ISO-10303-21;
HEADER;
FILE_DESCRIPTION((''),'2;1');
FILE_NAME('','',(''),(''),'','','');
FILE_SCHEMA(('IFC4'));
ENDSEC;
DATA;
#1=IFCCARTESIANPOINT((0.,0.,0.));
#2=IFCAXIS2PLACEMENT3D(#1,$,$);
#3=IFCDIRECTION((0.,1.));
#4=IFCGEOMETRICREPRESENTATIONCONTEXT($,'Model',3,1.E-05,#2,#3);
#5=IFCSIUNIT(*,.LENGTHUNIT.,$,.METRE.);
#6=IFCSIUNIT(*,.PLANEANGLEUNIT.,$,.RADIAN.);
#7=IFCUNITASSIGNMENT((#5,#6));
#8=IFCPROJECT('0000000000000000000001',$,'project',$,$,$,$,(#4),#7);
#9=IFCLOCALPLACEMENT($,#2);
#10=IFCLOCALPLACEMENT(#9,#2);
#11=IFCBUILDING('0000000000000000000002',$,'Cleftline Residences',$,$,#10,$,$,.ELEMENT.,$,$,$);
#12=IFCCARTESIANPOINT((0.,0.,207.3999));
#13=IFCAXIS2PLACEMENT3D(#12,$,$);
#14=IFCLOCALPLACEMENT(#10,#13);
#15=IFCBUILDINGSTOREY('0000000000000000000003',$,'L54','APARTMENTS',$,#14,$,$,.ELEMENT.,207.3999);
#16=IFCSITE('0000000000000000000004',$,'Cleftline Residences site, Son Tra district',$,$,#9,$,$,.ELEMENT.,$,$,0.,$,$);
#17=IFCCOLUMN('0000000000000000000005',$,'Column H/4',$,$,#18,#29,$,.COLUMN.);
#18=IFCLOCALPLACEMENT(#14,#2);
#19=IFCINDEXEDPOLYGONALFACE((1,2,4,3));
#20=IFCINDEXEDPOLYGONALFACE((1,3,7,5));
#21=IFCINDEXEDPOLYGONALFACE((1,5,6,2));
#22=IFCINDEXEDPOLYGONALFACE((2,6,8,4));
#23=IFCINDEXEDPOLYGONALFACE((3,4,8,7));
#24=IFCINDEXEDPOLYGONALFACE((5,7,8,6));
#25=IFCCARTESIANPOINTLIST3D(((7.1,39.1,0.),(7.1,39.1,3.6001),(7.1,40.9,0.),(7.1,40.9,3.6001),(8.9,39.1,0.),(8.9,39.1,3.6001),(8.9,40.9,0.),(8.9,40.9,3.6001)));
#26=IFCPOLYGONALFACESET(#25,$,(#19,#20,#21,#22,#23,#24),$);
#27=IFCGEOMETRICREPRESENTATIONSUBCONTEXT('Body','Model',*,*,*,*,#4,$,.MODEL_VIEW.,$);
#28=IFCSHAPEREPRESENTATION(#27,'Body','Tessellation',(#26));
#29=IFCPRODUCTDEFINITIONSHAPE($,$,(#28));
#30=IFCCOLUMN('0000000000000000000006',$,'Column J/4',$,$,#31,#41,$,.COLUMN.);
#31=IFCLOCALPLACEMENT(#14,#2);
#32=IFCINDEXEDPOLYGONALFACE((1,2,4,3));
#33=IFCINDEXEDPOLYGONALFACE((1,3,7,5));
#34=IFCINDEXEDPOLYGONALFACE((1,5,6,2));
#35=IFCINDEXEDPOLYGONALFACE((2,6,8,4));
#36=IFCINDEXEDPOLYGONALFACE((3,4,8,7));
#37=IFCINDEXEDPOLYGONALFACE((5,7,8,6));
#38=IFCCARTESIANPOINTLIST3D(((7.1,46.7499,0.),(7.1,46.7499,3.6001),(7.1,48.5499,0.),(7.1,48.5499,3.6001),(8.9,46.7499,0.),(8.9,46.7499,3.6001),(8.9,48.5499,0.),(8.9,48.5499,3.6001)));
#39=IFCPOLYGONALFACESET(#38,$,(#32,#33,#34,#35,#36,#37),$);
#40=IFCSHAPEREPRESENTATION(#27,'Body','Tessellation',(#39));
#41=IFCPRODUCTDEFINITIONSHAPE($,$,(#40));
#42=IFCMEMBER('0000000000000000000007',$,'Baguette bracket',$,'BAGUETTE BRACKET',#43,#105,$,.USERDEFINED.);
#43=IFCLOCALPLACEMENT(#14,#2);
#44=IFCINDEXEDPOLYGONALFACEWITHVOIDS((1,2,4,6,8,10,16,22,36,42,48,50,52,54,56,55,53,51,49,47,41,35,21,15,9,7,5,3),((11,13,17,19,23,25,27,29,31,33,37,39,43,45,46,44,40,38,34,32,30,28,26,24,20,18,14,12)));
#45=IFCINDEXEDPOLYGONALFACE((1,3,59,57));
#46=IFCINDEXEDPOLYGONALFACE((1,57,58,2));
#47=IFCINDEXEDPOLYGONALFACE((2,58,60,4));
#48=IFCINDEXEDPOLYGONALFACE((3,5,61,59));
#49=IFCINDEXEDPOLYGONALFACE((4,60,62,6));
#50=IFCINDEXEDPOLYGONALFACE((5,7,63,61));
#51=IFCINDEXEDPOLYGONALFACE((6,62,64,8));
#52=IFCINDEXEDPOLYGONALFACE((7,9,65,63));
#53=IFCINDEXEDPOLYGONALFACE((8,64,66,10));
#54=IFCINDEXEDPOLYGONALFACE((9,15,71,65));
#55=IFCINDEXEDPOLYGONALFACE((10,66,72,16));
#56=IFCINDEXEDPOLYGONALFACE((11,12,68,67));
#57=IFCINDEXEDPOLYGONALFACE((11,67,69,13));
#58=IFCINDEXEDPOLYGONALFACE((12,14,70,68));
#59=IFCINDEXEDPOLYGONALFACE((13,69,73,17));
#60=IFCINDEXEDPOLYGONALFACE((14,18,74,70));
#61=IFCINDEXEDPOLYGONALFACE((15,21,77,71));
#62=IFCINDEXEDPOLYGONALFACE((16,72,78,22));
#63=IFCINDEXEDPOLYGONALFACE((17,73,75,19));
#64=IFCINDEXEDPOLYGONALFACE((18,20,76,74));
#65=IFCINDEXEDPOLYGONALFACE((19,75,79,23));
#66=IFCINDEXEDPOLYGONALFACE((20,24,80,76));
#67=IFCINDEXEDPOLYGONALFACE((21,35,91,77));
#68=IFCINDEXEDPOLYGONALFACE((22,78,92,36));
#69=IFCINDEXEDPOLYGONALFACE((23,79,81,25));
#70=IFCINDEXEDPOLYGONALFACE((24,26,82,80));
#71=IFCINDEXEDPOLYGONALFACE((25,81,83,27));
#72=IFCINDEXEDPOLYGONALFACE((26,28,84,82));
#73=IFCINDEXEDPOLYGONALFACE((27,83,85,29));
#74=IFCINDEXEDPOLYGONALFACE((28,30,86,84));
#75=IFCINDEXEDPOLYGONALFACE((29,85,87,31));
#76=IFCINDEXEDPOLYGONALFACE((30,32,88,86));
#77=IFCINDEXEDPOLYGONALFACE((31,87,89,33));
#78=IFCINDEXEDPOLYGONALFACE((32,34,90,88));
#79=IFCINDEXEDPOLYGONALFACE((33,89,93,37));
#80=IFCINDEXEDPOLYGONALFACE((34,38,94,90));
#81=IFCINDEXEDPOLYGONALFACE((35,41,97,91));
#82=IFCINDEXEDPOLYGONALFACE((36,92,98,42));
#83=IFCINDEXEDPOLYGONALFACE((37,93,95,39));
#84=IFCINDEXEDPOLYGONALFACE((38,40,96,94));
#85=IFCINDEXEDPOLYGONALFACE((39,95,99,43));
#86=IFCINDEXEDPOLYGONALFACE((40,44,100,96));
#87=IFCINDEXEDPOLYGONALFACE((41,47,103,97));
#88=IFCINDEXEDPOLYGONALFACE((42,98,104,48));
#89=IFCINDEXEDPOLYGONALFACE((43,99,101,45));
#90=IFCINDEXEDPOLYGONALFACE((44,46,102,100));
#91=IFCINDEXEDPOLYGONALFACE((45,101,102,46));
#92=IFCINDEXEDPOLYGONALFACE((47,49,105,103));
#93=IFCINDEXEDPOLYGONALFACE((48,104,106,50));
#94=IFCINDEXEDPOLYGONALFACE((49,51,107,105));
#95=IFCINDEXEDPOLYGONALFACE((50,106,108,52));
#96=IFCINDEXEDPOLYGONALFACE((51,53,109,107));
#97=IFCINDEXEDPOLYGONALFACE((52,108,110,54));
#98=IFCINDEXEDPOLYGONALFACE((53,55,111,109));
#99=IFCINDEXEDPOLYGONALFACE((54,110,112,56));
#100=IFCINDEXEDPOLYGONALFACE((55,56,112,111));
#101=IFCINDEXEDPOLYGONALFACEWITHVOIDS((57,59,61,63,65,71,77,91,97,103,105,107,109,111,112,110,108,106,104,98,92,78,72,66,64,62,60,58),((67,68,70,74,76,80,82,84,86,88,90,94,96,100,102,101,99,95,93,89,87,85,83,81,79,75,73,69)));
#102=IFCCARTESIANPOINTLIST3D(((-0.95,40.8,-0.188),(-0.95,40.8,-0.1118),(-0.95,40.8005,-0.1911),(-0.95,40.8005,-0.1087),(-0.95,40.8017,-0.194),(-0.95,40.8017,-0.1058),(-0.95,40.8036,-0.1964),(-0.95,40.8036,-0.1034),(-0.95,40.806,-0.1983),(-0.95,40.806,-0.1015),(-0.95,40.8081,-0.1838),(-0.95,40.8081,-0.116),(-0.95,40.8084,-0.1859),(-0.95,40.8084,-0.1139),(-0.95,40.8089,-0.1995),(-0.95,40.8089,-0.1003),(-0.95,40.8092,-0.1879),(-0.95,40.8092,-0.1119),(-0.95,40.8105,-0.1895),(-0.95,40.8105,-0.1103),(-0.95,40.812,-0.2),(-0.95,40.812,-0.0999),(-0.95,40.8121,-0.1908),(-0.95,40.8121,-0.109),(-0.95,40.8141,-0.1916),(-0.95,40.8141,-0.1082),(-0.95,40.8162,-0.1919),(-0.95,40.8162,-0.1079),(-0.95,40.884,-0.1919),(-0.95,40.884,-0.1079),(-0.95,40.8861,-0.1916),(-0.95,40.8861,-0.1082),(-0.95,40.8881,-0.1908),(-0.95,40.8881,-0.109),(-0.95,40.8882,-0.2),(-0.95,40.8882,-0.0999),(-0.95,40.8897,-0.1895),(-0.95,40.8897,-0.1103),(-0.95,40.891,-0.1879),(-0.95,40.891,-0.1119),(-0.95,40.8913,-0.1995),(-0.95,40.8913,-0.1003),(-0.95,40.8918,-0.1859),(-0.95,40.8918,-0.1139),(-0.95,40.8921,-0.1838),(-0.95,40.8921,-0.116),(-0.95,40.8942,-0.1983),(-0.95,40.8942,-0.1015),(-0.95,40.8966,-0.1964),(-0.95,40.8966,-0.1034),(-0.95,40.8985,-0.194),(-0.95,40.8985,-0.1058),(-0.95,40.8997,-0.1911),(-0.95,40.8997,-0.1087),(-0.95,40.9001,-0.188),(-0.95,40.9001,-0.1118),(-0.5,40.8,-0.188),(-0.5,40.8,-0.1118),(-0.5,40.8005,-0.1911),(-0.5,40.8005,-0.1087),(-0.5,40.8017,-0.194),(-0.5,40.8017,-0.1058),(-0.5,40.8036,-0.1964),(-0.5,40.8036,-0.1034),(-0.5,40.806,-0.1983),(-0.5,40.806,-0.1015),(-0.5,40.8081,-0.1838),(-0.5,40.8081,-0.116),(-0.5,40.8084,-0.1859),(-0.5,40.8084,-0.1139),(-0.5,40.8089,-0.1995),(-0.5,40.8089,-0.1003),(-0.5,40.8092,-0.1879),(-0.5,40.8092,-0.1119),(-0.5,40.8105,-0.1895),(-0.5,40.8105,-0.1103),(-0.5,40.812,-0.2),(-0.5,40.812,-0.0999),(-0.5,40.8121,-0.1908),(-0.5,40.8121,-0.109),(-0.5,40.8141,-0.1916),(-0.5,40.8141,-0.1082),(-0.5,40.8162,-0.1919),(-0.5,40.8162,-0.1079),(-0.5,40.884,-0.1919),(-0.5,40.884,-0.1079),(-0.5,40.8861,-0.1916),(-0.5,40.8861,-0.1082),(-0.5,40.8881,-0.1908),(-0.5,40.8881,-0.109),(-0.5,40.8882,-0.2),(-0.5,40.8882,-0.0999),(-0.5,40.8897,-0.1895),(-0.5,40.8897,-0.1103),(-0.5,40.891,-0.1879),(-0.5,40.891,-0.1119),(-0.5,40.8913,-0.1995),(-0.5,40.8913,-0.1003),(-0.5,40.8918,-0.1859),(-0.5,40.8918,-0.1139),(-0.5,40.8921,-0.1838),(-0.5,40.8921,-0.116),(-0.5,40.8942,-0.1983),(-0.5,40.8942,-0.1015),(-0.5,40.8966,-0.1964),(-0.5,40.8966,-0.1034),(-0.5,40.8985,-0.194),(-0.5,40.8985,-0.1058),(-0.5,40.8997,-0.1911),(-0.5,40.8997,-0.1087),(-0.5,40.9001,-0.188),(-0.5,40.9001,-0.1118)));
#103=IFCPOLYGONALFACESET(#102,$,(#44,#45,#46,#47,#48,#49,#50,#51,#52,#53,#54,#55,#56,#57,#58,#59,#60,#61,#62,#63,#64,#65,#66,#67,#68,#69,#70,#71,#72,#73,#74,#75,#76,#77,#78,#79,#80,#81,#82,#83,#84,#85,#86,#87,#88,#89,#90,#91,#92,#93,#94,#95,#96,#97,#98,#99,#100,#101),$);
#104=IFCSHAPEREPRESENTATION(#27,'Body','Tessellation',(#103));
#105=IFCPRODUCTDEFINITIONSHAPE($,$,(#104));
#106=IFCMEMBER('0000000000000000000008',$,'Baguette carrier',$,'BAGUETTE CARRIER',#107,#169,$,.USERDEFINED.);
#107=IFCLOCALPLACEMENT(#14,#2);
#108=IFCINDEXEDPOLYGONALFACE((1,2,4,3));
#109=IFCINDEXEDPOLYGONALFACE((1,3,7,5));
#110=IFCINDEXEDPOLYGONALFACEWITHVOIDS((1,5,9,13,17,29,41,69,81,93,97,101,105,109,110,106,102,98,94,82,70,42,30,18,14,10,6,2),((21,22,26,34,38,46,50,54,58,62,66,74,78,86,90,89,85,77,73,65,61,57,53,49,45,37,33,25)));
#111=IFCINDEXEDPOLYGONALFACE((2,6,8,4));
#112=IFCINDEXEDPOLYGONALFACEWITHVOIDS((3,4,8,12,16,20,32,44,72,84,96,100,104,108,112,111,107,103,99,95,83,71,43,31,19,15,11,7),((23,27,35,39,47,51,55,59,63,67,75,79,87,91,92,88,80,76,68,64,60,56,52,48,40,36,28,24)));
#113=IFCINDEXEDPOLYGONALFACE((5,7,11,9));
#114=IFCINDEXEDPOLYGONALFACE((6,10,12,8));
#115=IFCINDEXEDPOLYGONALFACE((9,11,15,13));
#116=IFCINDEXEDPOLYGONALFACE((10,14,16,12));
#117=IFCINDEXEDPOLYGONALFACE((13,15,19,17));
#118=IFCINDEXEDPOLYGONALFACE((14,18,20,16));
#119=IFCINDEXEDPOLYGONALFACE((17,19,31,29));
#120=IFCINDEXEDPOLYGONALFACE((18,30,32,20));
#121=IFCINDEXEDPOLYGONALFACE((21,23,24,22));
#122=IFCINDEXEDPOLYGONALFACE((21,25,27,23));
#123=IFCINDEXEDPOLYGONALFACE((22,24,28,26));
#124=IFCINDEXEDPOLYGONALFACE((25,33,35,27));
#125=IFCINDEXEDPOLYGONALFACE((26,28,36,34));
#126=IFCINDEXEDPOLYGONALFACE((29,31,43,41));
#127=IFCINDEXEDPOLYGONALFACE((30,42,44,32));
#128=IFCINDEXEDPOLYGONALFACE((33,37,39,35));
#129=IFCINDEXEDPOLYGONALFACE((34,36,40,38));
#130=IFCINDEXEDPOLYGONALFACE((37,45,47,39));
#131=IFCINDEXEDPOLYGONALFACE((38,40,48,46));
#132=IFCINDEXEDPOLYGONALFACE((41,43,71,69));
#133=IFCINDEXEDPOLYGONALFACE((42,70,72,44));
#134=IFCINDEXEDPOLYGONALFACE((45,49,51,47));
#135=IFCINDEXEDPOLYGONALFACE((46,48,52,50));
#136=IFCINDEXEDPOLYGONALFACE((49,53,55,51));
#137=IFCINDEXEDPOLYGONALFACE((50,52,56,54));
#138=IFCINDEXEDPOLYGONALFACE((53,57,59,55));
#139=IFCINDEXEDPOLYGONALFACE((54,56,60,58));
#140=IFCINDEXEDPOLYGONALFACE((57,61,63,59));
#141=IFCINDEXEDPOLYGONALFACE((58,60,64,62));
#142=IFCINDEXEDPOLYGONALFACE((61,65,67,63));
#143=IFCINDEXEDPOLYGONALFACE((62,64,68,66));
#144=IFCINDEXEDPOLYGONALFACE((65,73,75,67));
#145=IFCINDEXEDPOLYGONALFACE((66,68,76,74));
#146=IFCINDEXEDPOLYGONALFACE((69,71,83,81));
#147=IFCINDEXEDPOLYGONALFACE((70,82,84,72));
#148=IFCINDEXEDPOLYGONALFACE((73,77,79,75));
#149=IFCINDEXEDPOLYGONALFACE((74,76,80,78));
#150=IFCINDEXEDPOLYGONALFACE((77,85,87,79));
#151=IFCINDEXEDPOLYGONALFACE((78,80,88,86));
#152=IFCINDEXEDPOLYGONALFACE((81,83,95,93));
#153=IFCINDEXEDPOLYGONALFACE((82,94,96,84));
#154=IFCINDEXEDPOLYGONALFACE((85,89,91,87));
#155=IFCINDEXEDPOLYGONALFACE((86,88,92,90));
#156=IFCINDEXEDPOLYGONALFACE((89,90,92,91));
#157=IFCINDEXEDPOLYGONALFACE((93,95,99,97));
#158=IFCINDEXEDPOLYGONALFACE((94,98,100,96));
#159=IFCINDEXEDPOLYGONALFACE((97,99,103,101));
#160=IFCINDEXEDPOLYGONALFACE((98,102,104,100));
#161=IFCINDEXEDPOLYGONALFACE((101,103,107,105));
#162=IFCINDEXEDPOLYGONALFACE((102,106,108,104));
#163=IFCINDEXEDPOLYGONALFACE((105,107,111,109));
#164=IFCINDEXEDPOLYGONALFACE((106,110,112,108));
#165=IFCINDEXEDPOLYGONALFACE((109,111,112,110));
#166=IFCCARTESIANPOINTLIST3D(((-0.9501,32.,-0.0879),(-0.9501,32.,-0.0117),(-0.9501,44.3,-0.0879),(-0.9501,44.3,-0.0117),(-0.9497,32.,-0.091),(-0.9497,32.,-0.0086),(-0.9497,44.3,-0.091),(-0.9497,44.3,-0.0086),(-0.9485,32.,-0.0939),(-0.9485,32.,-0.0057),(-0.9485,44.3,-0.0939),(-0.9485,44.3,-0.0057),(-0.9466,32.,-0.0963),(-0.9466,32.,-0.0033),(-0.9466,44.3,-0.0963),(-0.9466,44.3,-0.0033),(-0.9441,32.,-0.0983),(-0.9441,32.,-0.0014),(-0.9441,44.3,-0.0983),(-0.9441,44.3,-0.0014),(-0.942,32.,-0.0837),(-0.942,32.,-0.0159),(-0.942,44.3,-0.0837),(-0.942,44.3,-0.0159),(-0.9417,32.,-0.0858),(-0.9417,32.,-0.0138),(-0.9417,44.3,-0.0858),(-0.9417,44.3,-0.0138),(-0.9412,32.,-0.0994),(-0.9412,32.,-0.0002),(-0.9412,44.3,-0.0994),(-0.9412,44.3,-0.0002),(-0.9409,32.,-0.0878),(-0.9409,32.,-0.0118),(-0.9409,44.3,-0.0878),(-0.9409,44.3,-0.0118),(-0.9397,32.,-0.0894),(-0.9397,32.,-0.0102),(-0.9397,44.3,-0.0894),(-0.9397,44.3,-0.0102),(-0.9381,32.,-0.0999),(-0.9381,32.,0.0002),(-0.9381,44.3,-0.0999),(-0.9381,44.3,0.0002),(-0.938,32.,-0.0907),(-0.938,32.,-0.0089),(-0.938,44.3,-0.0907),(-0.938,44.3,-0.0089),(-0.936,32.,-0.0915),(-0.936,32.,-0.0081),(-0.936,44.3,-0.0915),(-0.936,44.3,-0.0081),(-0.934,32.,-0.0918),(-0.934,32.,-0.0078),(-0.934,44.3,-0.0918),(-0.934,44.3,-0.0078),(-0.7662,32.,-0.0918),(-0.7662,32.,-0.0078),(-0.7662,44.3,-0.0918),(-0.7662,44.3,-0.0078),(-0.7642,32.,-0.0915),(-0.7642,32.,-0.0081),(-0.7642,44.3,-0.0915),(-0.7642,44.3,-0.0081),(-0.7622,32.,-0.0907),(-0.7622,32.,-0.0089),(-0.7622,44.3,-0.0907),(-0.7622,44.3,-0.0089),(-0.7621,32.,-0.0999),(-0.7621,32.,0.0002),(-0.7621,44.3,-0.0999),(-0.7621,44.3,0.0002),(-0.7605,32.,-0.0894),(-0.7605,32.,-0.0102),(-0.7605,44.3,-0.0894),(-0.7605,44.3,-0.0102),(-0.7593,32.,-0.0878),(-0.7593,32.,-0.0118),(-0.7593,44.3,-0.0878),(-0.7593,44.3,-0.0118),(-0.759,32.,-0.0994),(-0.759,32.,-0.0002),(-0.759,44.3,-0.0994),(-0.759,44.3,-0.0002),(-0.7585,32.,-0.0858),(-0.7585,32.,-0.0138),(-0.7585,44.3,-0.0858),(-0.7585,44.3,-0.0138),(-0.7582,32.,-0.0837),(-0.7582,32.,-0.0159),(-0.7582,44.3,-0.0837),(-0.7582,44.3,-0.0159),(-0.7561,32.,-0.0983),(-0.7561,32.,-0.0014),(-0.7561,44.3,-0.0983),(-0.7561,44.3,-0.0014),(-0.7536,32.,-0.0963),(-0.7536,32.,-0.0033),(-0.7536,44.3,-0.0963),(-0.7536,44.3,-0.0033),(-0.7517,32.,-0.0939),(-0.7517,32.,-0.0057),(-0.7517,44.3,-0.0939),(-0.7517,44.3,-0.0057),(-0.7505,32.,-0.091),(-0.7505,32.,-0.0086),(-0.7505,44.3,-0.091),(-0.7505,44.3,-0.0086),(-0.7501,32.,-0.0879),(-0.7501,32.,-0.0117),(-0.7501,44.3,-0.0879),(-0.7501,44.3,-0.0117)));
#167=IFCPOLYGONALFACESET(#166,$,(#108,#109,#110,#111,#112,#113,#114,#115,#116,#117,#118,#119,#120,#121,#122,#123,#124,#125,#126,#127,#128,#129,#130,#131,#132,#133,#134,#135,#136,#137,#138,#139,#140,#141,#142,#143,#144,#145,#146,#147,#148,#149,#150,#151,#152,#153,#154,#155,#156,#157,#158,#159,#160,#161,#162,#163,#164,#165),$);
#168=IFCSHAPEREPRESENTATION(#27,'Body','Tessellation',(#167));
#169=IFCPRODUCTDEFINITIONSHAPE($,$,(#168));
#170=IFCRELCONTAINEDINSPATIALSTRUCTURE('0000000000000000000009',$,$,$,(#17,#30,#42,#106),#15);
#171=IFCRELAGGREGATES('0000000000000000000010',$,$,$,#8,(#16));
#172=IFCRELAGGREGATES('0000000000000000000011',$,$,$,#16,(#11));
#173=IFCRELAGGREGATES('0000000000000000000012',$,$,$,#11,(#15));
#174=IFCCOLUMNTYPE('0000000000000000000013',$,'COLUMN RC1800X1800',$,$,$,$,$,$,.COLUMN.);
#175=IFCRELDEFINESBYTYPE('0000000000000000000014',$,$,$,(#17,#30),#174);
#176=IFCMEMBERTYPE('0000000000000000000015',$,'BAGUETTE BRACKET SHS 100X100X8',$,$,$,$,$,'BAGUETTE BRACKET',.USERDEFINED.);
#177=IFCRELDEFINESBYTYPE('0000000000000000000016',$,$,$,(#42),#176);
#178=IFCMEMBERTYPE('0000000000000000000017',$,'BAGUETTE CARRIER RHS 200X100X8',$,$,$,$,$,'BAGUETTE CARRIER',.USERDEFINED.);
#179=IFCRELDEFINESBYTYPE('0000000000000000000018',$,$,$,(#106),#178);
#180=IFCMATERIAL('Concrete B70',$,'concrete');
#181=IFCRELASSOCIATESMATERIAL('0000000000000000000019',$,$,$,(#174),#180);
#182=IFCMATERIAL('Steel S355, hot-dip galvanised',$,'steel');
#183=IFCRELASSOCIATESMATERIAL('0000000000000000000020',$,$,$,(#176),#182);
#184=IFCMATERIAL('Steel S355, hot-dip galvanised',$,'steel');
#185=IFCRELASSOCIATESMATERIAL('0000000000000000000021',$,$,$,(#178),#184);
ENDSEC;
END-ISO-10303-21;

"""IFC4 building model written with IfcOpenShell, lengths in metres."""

from ifc_helpers import new_model, si_unit, direction, frame, origin, origin_2d, place, context, subcontext, project, spatial, rectangle, hollow_rectangle, extrude, material, material_profile, profile_set, type_object, element, save


model = new_model("IFC4")

# Units and contexts
model_context = context("Model", 3, precision=1e-05, world=origin(), true_north=direction((0.0, 1.0)))
body_context = subcontext(model_context, "Body", "Model", "MODEL_VIEW")
ifc_project = project(units=[si_unit("LENGTHUNIT", "METRE"), si_unit("PLANEANGLEUNIT", "RADIAN")], contexts=[model_context])

# Site, building, storey
site_placement = place(None, origin())
site = spatial("IfcSite", under=ifc_project, at=site_placement, Name="Cleftline Residences site, Son Tra district", CompositionType="ELEMENT", RefElevation=0.0)
building_placement = place(site_placement, origin())
building = spatial("IfcBuilding", under=site, at=building_placement, Name="Cleftline Residences", CompositionType="ELEMENT")
storey_placement = place(building_placement, frame((0.0, 0.0, 207.3999)))
storey = spatial("IfcBuildingStorey", under=building, at=storey_placement, Name="L54", Description="APARTMENTS", CompositionType="ELEMENT", Elevation=207.3999)

# Columns
ifc_material_1 = material(Name="Concrete B70", Category="concrete")
ifc_material_profile_1 = material_profile(ifc_material_1, rectangle(XDim=1.8, YDim=1.8, at=origin_2d()))
ifc_profile_set_1 = profile_set([ifc_material_profile_1], Name="Concrete B70")
column_type = type_object("IfcColumnType", Name="COLUMN RC1800X1800", PredefinedType="COLUMN", material=ifc_profile_set_1)
for number, where, z_axis, x_axis, name in (
    (1, (8.0, 40.0, 0.0), (0.0, 0.0, 1.0), (1.0, 0.0, 0.0), "Column H/4"),
    (2, (8.0, 47.6499, 0.0), (0.0, 0.0, 1.0), (1.0, 0.0, 0.0), "Column J/4"),
):
    element("IfcColumn", number, at=place(storey_placement, frame(where, z_axis=z_axis, x_axis=x_axis)), inside=storey, type_object=column_type, Name=name, PredefinedType="COLUMN", context=body_context, shape_type="SweptSolid", body=[
        extrude(rectangle(XDim=1.8, YDim=1.8, at=origin_2d()), origin(), (0.0, 0.0, 1.0), 3.6001),
    ])

# Members
ifc_material_2 = material(Name="Steel S355, hot-dip galvanised", Category="steel")
ifc_material_profile_2 = material_profile(ifc_material_2, hollow_rectangle(XDim=0.1001, YDim=0.1001, WallThickness=0.0081, InnerFilletRadius=0.0081, OuterFilletRadius=0.012, at=origin_2d()))
ifc_profile_set_2 = profile_set([ifc_material_profile_2], Name="Steel S355, hot-dip galvanised")
member_type_1 = type_object("IfcMemberType", Name="BAGUETTE BRACKET SHS 100X100X8", ElementType="BAGUETTE BRACKET", PredefinedType="USERDEFINED", material=ifc_profile_set_2)
member_1_placement = place(storey_placement, frame((-0.5, 40.8501, -0.1499), z_axis=(-1.0, 0.0, 0.0), x_axis=(0.0, -1.0, 0.0)))
element("IfcMember", 3, at=member_1_placement, inside=storey, type_object=member_type_1, Name="Baguette bracket", ObjectType="BAGUETTE BRACKET", PredefinedType="USERDEFINED", context=body_context, shape_type="SweptSolid", body=[
    extrude(hollow_rectangle(XDim=0.1001, YDim=0.1001, WallThickness=0.0081, InnerFilletRadius=0.0081, OuterFilletRadius=0.012, at=origin_2d()), origin(), (0.0, 0.0, 1.0), 0.45),
])
ifc_material_3 = material(Name="Steel S355, hot-dip galvanised", Category="steel")
ifc_material_profile_3 = material_profile(ifc_material_3, hollow_rectangle(XDim=0.1001, YDim=0.2, WallThickness=0.0081, InnerFilletRadius=0.0081, OuterFilletRadius=0.012, at=origin_2d()))
ifc_profile_set_3 = profile_set([ifc_material_profile_3], Name="Steel S355, hot-dip galvanised")
member_type_2 = type_object("IfcMemberType", Name="BAGUETTE CARRIER RHS 200X100X8", ElementType="BAGUETTE CARRIER", PredefinedType="USERDEFINED", material=ifc_profile_set_3)
member_2_placement = place(storey_placement, frame((-0.8501, 44.3, -0.0498), z_axis=(0.0, -1.0, 0.0), x_axis=(0.0, 0.0, 1.0)))
element("IfcMember", 4, at=member_2_placement, inside=storey, type_object=member_type_2, Name="Baguette carrier", ObjectType="BAGUETTE CARRIER", PredefinedType="USERDEFINED", context=body_context, shape_type="SweptSolid", body=[
    extrude(hollow_rectangle(XDim=0.1001, YDim=0.2, WallThickness=0.0081, InnerFilletRadius=0.0081, OuterFilletRadius=0.012, at=origin_2d()), origin(), (0.0, 0.0, 1.0), 12.3),
])

save(model, "model.ifc")
